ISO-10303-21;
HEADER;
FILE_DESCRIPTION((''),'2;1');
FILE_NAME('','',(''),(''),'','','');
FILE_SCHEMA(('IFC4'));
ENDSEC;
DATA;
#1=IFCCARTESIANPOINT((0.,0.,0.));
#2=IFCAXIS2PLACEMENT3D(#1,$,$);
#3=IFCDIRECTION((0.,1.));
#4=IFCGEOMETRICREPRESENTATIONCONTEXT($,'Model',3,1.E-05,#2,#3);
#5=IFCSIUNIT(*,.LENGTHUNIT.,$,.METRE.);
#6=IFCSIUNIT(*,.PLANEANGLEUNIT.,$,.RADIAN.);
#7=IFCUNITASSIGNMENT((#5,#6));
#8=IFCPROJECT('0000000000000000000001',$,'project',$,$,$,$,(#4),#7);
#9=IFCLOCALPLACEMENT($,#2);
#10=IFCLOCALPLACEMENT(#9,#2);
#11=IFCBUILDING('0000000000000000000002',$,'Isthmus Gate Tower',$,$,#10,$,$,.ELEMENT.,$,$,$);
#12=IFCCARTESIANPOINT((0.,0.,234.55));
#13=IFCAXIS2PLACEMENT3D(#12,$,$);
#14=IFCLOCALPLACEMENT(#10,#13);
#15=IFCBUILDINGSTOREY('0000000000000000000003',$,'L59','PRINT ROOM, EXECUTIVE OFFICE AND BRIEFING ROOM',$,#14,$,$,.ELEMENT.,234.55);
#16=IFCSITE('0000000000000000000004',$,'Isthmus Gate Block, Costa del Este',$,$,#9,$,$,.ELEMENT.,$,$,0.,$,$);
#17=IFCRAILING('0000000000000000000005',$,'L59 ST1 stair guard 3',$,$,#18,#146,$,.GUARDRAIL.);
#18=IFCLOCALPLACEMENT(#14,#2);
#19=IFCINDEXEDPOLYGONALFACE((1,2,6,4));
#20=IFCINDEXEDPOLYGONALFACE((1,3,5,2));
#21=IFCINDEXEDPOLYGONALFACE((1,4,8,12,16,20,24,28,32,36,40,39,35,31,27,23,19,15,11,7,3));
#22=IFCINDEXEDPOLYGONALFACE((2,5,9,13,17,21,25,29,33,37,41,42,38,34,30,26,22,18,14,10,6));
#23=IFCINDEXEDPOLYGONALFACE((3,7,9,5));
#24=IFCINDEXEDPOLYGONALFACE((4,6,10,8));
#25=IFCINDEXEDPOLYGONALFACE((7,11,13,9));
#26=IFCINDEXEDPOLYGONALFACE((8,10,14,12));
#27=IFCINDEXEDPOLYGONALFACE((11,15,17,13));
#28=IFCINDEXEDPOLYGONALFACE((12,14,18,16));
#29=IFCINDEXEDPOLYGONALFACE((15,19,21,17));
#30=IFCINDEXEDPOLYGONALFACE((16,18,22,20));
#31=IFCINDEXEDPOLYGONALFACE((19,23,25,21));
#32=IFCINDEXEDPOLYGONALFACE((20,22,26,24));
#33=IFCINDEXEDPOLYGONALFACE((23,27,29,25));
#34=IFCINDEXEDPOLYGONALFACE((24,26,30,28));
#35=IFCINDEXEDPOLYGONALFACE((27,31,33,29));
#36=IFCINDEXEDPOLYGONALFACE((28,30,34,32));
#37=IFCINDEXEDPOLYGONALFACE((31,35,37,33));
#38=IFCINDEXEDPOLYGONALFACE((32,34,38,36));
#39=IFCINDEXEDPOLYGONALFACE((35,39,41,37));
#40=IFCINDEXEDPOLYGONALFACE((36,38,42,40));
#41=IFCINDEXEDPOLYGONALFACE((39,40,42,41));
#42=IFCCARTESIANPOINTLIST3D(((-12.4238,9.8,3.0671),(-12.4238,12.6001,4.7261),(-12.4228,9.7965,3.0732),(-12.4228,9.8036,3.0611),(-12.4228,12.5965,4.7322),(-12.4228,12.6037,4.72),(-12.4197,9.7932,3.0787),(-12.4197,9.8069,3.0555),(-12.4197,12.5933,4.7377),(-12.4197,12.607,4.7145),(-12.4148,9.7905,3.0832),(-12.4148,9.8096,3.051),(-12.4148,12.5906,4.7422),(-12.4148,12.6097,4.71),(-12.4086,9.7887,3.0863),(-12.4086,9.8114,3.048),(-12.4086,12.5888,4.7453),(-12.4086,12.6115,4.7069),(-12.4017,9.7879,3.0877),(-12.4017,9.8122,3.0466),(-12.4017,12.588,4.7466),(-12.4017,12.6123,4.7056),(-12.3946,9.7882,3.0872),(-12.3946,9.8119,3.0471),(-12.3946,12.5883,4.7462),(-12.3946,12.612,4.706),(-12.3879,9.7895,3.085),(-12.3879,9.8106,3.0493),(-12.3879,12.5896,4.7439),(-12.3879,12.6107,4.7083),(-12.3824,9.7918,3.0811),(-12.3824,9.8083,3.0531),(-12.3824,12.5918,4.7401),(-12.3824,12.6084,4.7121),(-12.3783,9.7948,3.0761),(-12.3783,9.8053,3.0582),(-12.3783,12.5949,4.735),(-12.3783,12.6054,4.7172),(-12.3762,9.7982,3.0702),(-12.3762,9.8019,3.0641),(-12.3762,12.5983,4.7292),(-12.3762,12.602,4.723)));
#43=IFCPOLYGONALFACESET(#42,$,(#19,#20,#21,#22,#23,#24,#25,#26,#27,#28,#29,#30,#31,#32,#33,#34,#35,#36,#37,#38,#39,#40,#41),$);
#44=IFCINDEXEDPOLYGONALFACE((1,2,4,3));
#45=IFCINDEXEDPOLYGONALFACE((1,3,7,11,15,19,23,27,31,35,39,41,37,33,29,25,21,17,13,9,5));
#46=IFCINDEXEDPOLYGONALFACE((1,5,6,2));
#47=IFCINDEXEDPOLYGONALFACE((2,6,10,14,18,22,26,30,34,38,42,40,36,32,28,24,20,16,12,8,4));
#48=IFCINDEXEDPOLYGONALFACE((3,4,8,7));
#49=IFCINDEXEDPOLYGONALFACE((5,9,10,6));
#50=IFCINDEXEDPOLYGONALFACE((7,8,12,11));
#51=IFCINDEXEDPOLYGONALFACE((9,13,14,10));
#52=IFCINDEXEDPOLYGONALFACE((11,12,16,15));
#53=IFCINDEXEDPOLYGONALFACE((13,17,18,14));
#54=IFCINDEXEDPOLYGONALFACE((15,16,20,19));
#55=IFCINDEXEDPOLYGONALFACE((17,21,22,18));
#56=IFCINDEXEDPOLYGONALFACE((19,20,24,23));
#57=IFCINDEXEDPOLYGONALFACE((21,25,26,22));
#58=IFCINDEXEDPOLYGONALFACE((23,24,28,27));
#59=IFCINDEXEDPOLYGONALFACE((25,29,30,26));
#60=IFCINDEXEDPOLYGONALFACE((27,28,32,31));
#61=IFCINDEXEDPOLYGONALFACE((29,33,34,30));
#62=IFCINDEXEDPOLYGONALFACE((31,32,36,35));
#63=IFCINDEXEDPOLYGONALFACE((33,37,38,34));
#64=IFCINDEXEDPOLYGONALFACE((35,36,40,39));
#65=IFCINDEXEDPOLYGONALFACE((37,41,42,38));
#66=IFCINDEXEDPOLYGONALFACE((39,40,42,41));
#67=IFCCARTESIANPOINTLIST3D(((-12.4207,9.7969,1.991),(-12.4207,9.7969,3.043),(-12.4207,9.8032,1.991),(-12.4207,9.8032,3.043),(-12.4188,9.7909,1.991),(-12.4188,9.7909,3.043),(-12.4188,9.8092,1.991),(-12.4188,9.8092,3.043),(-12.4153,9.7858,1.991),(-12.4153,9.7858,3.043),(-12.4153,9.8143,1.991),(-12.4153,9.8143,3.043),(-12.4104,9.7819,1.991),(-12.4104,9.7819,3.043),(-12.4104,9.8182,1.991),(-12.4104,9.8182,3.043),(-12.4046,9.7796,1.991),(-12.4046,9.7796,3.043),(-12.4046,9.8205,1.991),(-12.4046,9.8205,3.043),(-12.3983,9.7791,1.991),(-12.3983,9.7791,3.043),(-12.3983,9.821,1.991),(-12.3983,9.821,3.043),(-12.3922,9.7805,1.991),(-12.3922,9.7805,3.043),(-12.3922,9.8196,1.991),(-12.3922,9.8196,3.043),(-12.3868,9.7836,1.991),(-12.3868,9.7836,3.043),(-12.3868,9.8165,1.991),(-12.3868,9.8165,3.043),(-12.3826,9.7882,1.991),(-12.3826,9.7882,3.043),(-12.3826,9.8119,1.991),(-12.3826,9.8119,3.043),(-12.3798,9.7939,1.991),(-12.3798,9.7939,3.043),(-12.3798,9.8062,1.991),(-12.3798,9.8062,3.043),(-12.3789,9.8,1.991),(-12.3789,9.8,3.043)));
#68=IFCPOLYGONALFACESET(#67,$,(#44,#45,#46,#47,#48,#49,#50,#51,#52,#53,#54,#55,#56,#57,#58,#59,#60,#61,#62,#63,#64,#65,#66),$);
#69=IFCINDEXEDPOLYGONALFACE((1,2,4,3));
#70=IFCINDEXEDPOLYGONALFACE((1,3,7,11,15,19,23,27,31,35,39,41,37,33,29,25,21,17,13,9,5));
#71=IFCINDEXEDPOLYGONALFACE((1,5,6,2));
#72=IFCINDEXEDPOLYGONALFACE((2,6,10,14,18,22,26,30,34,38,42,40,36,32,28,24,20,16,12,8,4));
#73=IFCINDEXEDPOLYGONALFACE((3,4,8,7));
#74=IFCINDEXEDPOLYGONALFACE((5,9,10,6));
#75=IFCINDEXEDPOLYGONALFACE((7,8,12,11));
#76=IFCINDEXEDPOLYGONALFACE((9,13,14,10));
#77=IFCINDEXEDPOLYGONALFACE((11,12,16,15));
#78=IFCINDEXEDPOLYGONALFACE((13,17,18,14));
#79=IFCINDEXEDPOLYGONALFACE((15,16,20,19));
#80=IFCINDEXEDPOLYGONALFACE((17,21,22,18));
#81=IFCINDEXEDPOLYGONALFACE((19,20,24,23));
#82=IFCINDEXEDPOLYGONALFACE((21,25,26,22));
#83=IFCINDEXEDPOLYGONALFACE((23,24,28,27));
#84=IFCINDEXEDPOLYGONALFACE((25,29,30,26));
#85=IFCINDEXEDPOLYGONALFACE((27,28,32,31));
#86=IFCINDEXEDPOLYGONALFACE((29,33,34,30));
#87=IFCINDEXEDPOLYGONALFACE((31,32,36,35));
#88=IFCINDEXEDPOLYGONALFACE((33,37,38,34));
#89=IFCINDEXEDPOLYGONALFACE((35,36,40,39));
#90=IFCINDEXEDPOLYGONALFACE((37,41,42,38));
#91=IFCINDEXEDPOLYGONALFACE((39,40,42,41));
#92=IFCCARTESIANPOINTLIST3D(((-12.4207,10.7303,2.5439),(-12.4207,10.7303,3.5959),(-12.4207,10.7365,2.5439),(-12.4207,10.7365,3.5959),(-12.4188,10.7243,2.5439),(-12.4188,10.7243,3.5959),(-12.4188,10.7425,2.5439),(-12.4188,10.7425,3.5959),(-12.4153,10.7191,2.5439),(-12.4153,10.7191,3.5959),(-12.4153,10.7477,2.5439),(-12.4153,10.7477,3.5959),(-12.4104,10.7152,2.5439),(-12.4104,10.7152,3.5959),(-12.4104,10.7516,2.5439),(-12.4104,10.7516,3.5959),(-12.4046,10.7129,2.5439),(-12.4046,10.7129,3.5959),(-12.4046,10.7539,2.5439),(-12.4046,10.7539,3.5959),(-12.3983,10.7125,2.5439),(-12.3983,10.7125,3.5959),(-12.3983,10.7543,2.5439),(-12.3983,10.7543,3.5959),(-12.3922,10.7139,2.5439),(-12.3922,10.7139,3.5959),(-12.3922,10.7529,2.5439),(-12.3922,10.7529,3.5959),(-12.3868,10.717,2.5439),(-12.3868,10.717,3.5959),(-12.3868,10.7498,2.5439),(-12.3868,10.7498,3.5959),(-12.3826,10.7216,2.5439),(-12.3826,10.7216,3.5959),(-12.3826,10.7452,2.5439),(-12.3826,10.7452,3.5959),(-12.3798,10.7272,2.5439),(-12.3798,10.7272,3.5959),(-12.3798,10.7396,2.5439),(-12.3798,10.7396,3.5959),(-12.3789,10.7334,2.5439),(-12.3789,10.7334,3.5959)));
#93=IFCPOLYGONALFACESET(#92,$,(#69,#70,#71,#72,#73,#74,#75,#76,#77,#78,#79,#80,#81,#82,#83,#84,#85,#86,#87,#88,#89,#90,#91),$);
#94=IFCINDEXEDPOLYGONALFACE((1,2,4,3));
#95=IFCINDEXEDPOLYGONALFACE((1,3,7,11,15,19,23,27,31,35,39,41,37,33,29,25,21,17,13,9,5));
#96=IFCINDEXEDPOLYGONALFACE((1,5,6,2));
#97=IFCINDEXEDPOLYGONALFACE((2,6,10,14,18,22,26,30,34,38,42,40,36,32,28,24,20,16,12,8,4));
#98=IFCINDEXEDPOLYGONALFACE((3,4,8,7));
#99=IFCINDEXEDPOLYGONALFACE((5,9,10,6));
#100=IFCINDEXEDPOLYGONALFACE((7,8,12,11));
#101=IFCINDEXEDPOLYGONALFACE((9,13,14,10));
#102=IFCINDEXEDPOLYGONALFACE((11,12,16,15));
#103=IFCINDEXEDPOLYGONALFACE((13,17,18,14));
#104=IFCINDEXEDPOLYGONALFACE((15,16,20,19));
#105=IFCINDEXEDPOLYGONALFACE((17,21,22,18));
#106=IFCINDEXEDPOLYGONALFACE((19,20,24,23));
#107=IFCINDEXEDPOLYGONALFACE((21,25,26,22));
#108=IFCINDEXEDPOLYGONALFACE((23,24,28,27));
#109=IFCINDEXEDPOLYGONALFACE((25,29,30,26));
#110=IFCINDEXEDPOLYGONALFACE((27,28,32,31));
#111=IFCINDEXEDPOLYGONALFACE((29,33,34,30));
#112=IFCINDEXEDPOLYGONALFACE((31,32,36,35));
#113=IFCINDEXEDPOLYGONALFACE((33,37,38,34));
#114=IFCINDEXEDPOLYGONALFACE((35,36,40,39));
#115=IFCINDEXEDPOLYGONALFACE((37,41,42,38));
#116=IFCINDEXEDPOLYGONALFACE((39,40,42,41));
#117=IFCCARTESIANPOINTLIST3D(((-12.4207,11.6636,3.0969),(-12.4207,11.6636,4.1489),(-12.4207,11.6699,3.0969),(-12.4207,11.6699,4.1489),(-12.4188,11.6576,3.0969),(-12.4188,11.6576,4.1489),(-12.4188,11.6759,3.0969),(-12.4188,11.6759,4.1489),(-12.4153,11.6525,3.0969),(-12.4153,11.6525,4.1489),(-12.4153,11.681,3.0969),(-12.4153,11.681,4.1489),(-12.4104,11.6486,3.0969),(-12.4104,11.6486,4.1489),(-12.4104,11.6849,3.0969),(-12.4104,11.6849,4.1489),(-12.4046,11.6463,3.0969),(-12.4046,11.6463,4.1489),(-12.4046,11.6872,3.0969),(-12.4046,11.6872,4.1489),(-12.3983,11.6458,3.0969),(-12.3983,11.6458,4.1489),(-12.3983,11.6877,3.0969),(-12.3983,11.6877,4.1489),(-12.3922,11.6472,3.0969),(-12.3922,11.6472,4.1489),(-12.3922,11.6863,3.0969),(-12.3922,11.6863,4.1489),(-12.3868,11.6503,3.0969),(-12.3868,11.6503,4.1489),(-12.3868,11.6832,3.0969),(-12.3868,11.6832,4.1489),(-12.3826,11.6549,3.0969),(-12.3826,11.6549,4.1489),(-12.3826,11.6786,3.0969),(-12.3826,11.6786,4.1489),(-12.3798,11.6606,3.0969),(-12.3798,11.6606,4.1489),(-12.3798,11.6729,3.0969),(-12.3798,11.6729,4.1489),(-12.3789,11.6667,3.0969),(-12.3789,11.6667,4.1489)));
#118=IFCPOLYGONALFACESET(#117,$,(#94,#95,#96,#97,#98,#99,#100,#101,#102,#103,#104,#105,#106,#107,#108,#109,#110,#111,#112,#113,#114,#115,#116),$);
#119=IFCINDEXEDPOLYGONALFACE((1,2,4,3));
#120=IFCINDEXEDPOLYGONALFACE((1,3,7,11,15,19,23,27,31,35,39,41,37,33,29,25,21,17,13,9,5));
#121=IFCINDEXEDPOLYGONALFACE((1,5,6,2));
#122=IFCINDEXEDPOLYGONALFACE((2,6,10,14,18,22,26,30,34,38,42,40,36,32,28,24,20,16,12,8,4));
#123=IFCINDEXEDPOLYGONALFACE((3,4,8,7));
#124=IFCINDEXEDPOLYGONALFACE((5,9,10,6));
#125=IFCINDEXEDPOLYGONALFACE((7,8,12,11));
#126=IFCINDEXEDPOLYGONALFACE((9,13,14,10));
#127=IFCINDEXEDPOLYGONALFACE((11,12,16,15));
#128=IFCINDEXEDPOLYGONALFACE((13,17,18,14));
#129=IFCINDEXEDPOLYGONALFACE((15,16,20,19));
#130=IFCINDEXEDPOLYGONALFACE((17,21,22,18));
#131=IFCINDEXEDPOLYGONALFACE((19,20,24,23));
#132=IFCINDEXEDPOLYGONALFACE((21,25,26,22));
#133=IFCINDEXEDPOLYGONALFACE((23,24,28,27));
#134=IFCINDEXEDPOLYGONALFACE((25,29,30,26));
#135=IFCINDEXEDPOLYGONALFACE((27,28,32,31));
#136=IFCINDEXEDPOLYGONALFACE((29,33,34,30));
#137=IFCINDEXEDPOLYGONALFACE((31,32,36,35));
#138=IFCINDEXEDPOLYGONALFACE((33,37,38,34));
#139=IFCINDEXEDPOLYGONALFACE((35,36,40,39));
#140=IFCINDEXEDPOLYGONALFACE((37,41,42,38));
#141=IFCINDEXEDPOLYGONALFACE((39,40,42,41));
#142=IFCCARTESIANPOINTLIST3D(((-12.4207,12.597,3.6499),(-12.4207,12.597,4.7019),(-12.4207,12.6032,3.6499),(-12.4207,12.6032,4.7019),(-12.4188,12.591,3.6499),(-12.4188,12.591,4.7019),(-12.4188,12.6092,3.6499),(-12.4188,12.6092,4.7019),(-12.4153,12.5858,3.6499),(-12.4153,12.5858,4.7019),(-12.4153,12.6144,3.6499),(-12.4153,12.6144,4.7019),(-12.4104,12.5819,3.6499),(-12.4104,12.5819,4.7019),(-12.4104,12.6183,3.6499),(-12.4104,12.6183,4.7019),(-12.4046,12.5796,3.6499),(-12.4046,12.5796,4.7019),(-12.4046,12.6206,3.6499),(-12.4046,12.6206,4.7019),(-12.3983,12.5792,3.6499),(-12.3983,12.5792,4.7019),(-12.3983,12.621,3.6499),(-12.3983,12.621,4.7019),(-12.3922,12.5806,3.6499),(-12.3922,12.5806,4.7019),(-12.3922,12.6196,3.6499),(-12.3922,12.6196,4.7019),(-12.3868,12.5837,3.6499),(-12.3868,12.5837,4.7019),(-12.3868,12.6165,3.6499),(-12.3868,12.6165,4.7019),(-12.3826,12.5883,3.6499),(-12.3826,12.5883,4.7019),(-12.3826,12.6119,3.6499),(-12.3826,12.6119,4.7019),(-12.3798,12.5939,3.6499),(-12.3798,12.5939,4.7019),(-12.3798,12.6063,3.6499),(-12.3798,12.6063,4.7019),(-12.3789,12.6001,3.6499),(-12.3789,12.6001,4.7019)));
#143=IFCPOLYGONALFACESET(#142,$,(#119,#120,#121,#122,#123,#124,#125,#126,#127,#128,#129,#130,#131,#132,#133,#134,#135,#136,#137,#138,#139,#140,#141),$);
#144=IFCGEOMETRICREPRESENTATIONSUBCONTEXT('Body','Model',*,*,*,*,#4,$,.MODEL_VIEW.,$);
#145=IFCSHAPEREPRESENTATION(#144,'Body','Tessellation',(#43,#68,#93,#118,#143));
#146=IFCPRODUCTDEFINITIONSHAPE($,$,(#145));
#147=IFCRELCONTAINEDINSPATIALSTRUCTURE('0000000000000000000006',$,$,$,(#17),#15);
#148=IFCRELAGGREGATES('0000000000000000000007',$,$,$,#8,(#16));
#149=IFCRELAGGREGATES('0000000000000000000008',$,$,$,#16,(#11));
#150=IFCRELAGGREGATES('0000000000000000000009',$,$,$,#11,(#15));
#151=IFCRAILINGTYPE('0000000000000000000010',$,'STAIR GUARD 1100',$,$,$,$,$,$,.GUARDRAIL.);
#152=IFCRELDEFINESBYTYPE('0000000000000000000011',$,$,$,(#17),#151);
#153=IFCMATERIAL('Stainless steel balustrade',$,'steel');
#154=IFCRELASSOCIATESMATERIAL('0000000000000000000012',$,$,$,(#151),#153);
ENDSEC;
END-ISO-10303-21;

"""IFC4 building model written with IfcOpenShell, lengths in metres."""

from ifc_helpers import new_model, si_unit, direction, frame, origin, origin_2d, place, context, subcontext, project, spatial, circle, extrude, material, type_object, element, save


model = new_model("IFC4")

# Units and contexts
model_context = context("Model", 3, precision=1e-05, world=origin(), true_north=direction((0.0, 1.0)))
body_context = subcontext(model_context, "Body", "Model", "MODEL_VIEW")
ifc_project = project(units=[si_unit("LENGTHUNIT", "METRE"), si_unit("PLANEANGLEUNIT", "RADIAN")], contexts=[model_context])

# Site, building, storey
site_placement = place(None, origin())
site = spatial("IfcSite", under=ifc_project, at=site_placement, Name="Isthmus Gate Block, Costa del Este", CompositionType="ELEMENT", RefElevation=0.0)
building_placement = place(site_placement, origin())
building = spatial("IfcBuilding", under=site, at=building_placement, Name="Isthmus Gate Tower", CompositionType="ELEMENT")
storey_placement = place(building_placement, frame((0.0, 0.0, 234.55)))
storey = spatial("IfcBuildingStorey", under=building, at=storey_placement, Name="L59", Description="PRINT ROOM, EXECUTIVE OFFICE AND BRIEFING ROOM", CompositionType="ELEMENT", Elevation=234.55)

# Railing
ifc_material_1 = material(Name="Stainless steel balustrade", Category="steel")
railing_type_1 = type_object("IfcRailingType", Name="STAIR GUARD 1100", PredefinedType="GUARDRAIL", material=ifc_material_1)
railing_1_placement = place(storey_placement, frame((-12.3999, 9.8, 1.991)))
element("IfcRailing", 1, at=railing_1_placement, inside=storey, type_object=railing_type_1, Name="L59 ST1 stair guard 3", PredefinedType="GUARDRAIL", context=body_context, shape_type="SweptSolid", body=[
    extrude(circle(Radius=0.0239, at=origin_2d()), frame((0.0, 0.0, 1.0762), z_axis=(0.0, 0.860339, 0.509722), x_axis=(-1.0, 0.0, 0.0)), (0.0, 0.0, 1.0), 3.2546),
    extrude(circle(Radius=0.021, at=origin_2d()), origin(), (0.0, 0.0, 1.0), 1.052),
    extrude(circle(Radius=0.021, at=origin_2d()), frame((0.0, 0.9333, 0.553)), (0.0, 0.0, 1.0), 1.052),
    extrude(circle(Radius=0.021, at=origin_2d()), frame((0.0, 1.8667, 1.106)), (0.0, 0.0, 1.0), 1.052),
    extrude(circle(Radius=0.021, at=origin_2d()), frame((0.0, 2.8, 1.6589)), (0.0, 0.0, 1.0), 1.052),
])

save(model, "model.ifc")
